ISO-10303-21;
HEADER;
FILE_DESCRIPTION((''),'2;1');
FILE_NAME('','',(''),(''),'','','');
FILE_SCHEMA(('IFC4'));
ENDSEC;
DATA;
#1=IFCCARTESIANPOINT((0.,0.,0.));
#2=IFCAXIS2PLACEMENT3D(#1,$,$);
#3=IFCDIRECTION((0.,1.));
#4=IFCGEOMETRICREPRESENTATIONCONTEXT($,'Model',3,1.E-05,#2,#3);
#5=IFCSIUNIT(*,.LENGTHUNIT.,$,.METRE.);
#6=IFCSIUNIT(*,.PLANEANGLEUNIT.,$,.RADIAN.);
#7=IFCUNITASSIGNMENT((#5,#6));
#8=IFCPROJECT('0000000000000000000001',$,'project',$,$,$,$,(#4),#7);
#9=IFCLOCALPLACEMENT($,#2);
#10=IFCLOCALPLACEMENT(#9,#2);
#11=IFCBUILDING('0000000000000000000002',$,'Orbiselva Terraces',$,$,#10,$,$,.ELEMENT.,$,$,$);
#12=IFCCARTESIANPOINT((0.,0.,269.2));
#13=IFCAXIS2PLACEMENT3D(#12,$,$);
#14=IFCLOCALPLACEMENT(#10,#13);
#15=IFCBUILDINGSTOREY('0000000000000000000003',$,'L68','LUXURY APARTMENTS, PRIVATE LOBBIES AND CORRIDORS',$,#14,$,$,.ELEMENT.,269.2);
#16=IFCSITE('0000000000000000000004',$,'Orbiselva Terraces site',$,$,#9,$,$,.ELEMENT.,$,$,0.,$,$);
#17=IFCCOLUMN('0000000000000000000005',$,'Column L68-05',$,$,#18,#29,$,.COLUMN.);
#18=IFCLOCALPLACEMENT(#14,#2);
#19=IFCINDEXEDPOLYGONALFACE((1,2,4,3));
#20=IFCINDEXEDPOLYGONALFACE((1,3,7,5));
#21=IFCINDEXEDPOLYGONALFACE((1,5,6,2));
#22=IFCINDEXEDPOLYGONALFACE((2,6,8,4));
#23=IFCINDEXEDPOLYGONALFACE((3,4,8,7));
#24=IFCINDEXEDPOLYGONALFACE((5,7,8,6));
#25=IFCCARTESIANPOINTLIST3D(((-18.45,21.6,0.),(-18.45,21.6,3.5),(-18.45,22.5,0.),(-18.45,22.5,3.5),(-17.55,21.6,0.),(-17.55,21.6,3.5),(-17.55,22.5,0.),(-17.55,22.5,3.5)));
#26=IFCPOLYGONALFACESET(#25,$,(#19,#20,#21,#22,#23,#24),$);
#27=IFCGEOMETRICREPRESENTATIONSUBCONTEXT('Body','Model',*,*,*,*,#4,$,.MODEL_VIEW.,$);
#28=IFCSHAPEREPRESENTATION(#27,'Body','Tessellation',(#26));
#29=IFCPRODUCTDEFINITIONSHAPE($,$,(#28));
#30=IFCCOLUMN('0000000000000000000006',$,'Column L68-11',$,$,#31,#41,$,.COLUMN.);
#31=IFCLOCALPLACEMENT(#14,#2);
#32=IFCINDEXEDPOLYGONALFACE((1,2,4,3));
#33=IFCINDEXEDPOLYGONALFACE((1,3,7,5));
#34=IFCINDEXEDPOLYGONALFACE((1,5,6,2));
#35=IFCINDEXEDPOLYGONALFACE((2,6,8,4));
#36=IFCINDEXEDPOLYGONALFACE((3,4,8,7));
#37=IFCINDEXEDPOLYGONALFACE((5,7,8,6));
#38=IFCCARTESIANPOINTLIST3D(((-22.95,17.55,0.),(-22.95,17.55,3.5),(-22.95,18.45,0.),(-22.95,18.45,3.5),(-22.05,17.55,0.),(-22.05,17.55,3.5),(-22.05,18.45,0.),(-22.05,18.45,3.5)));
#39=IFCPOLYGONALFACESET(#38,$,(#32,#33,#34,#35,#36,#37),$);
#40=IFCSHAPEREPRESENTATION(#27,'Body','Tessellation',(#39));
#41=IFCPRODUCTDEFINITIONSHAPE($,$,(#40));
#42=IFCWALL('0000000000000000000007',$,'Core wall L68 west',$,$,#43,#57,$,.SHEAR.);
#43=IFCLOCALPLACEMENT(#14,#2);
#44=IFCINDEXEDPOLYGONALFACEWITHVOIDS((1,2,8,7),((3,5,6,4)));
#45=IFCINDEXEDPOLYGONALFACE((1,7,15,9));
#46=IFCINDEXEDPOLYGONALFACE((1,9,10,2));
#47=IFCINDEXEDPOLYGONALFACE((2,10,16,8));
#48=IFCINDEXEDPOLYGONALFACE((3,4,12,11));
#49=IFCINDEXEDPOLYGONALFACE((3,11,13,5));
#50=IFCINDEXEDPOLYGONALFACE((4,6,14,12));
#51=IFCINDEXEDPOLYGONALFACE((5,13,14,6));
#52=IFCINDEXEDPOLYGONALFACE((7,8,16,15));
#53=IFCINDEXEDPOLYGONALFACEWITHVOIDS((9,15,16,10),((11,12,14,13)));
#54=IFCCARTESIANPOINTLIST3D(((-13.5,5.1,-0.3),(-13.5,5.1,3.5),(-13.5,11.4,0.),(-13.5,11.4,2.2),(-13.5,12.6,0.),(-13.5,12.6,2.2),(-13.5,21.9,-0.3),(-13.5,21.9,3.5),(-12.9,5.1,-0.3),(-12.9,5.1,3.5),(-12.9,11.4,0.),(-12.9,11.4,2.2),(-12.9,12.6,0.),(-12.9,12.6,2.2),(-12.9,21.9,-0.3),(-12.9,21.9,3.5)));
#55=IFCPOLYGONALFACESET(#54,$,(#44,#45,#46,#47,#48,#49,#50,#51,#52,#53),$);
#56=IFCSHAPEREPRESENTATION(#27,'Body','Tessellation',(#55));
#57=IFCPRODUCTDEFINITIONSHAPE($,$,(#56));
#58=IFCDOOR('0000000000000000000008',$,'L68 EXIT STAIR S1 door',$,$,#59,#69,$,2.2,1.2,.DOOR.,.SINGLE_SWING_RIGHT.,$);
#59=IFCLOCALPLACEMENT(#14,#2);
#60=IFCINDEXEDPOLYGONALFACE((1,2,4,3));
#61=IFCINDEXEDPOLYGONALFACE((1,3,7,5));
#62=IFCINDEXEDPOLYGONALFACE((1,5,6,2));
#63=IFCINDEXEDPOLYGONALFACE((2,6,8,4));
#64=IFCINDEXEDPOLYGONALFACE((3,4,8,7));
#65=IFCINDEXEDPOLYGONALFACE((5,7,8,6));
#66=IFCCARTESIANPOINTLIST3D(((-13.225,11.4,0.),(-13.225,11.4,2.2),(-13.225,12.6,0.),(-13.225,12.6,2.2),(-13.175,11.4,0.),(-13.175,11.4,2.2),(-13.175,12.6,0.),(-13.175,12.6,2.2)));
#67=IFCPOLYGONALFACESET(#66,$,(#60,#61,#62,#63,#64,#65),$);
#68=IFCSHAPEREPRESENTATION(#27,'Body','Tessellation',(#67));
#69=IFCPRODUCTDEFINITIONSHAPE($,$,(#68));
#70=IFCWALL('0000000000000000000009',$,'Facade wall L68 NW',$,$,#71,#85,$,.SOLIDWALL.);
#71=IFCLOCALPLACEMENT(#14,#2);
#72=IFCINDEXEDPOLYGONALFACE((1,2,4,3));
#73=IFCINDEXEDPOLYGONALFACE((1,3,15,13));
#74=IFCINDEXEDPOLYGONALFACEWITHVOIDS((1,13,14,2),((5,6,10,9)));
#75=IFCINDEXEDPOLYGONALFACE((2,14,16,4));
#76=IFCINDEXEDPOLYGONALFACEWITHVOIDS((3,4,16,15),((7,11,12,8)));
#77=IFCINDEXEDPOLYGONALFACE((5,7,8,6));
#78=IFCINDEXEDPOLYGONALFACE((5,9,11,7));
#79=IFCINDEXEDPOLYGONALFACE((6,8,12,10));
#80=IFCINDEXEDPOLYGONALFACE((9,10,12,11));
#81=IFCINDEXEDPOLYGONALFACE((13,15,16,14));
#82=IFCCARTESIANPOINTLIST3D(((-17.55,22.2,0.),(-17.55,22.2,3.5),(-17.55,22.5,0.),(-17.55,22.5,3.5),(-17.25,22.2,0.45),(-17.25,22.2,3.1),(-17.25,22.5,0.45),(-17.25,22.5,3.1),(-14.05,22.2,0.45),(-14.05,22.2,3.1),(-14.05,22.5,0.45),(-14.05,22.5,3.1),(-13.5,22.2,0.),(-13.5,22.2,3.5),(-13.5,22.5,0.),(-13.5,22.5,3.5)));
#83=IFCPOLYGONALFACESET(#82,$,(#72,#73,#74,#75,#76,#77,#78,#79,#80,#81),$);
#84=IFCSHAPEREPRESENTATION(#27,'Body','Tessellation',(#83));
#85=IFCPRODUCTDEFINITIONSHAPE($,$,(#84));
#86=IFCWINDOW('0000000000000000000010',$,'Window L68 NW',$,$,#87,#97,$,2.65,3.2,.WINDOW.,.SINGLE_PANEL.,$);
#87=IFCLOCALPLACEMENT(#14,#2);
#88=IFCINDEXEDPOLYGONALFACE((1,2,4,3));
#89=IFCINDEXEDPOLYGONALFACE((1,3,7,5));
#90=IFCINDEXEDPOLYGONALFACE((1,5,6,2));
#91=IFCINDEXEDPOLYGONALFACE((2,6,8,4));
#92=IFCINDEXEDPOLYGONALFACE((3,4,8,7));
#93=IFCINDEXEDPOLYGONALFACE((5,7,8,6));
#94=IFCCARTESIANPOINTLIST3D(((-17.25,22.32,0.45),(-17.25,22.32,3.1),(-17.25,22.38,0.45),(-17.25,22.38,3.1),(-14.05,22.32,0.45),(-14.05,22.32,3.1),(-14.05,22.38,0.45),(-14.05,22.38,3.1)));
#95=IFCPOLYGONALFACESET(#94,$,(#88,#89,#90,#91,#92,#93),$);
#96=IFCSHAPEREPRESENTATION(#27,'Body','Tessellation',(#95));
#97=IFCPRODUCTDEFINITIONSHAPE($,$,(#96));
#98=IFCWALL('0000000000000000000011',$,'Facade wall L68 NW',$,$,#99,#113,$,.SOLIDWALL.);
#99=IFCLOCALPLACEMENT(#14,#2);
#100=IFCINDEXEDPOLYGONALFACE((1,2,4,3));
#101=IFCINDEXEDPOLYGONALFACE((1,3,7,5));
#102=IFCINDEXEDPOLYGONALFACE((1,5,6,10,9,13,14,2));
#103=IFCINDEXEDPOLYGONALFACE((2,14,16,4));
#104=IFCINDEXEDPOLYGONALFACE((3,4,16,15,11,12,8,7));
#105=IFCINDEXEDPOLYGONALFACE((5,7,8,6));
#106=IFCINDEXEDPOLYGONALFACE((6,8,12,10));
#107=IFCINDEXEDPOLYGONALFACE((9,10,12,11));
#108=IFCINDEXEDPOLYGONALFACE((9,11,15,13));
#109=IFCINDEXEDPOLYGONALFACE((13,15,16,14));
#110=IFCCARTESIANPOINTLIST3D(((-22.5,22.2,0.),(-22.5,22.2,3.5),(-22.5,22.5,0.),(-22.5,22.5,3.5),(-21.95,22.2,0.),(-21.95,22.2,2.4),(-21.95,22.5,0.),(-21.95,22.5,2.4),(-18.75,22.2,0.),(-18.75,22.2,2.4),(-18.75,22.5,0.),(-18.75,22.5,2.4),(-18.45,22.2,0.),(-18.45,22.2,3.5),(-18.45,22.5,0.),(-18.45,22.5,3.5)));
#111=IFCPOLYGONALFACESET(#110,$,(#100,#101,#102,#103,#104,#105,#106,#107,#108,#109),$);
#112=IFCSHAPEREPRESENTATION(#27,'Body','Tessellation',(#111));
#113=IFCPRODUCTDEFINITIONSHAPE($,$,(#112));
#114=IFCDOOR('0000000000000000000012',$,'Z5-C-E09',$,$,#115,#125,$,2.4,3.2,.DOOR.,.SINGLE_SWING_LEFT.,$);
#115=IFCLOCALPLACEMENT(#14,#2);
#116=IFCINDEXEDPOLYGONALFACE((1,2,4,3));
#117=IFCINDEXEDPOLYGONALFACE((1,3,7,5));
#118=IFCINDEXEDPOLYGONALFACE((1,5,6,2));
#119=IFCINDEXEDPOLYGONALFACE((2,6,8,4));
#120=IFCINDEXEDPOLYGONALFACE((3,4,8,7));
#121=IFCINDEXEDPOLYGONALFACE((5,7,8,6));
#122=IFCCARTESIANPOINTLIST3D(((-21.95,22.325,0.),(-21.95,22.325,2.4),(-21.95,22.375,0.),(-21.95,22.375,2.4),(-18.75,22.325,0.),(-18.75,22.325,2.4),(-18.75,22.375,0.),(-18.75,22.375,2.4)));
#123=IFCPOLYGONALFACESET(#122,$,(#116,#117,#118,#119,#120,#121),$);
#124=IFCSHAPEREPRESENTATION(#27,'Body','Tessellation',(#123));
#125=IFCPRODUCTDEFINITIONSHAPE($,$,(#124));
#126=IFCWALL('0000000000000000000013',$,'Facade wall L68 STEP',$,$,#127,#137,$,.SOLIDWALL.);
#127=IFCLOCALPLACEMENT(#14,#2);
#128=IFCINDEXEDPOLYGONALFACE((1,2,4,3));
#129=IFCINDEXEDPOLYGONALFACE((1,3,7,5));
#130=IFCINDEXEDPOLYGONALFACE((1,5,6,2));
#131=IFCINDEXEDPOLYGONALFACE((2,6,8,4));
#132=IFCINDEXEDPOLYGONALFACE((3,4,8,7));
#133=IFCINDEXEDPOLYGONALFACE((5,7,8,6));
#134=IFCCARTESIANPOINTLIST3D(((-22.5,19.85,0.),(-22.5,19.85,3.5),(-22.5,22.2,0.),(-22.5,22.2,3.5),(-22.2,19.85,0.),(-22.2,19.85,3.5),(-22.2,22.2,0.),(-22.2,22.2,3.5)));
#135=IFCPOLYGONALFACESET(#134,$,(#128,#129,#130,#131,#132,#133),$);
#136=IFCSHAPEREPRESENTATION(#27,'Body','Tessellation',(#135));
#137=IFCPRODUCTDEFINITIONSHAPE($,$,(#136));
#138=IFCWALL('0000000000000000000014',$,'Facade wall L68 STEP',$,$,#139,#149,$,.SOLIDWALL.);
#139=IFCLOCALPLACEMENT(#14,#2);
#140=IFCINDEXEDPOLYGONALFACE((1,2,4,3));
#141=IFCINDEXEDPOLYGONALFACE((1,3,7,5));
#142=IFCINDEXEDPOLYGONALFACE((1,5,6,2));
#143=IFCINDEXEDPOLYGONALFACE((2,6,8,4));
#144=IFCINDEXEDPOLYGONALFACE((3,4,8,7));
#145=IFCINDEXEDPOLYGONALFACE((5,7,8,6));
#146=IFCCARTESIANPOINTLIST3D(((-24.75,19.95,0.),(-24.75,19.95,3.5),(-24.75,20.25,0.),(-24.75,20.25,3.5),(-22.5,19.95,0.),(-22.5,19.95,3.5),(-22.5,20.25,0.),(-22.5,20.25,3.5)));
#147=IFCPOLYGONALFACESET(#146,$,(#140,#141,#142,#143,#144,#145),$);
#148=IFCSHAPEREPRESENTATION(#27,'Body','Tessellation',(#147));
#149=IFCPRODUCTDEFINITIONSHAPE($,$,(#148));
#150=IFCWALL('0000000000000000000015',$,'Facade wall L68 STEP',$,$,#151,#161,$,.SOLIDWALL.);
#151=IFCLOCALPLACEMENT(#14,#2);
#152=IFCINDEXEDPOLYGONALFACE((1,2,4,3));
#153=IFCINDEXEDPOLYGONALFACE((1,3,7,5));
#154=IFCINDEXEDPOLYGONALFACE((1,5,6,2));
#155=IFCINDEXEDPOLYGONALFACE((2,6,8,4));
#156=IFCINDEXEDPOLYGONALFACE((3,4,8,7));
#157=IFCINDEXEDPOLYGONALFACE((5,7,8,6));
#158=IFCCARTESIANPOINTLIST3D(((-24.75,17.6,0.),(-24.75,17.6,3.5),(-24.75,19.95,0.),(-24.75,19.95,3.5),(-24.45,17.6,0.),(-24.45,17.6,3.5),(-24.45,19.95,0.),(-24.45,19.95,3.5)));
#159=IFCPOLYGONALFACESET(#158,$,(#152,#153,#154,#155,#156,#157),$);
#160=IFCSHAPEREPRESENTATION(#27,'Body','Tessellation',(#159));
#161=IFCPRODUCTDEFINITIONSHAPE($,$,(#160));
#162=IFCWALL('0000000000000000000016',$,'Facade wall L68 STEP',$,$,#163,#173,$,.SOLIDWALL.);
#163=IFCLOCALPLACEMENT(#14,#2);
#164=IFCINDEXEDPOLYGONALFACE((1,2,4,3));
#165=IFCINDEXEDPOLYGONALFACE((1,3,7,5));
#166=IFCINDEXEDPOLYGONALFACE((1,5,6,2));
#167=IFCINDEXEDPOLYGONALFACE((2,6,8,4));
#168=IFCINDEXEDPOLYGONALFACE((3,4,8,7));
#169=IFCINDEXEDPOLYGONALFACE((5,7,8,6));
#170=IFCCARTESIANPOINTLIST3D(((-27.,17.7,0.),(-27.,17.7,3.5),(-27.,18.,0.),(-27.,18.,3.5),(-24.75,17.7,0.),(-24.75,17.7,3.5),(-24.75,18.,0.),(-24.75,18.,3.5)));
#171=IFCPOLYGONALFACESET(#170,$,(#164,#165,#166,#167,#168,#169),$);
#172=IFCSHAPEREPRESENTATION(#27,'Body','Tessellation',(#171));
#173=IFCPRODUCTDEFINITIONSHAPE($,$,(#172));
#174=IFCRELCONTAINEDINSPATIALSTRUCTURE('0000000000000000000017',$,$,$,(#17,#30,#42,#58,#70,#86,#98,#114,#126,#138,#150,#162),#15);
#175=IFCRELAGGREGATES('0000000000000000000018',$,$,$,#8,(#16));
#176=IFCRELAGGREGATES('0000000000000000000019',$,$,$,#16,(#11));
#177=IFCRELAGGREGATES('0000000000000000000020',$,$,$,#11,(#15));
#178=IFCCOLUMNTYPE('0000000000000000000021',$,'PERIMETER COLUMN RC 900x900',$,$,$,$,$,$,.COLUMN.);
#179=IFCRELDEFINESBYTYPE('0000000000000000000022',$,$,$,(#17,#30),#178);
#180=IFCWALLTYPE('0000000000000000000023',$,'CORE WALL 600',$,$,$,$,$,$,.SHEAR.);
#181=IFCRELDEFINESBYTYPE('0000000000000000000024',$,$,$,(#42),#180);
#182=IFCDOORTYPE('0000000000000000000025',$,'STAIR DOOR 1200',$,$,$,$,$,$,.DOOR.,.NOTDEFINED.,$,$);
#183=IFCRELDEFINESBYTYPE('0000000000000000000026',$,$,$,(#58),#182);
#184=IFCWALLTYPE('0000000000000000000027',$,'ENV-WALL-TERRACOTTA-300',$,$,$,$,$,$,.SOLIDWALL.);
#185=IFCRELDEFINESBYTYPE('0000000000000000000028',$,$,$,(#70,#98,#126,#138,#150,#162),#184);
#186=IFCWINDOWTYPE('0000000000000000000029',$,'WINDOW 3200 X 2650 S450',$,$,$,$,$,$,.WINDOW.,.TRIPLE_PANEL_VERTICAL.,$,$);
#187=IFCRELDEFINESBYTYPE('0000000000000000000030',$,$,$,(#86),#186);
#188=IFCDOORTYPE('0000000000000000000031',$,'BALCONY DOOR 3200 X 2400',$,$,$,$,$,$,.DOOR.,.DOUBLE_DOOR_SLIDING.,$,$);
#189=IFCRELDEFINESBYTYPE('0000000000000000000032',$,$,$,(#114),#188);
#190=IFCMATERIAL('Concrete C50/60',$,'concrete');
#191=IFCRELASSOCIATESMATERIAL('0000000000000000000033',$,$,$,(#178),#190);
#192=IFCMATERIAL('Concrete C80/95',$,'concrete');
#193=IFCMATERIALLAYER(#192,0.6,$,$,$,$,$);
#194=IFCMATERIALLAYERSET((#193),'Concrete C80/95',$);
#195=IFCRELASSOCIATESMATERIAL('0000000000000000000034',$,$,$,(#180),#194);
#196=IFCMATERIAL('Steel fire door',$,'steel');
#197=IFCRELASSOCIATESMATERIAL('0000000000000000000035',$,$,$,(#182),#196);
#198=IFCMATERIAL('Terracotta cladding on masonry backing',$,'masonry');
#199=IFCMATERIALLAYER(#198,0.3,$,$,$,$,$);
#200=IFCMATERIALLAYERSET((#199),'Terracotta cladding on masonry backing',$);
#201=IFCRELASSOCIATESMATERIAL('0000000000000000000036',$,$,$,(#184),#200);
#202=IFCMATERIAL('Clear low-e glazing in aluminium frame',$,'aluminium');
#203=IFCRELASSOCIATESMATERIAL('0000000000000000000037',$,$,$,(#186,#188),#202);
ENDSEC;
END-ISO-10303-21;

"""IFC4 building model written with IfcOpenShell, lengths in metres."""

from ifc_helpers import new_model, si_unit, direction, frame, frame_2d, origin, origin_2d, place, context, subcontext, project, spatial, rectangle, extrude, material, layer, layer_set, material_profile, profile_set, type_object, element, fill, save


model = new_model("IFC4")

# Units and contexts
model_context = context("Model", 3, precision=1e-05, world=origin(), true_north=direction((0.0, 1.0)))
body_context = subcontext(model_context, "Body", "Model", "MODEL_VIEW")
ifc_project = project(units=[si_unit("LENGTHUNIT", "METRE"), si_unit("PLANEANGLEUNIT", "RADIAN")], contexts=[model_context])

# Site, building, storey
site_placement = place(None, origin())
site = spatial("IfcSite", under=ifc_project, at=site_placement, Name="Orbiselva Terraces site", CompositionType="ELEMENT", RefElevation=0.0)
building_placement = place(site_placement, origin())
building = spatial("IfcBuilding", under=site, at=building_placement, Name="Orbiselva Terraces", CompositionType="ELEMENT")
storey_placement = place(building_placement, frame((0.0, 0.0, 269.2)))
storey = spatial("IfcBuildingStorey", under=building, at=storey_placement, Name="L68", Description="LUXURY APARTMENTS, PRIVATE LOBBIES AND CORRIDORS", CompositionType="ELEMENT", Elevation=269.2)

# Columns
ifc_material_1 = material(Name="Concrete C50/60", Category="concrete")
ifc_material_profile = material_profile(ifc_material_1, rectangle(XDim=0.9, YDim=0.9, at=origin_2d()), Name="RC 900x900")
ifc_profile_set = profile_set([ifc_material_profile], Name="Concrete C50/60")
column_type = type_object("IfcColumnType", Name="PERIMETER COLUMN RC 900x900", PredefinedType="COLUMN", material=ifc_profile_set)
for number, where, z_axis, x_axis, name in (
    (1, (-18.0, 22.05, 0.0), (0.0, 0.0, 1.0), (1.0, 0.0, 0.0), "Column L68-05"),
    (2, (-22.5, 18.0, 0.0), (0.0, 0.0, 1.0), (1.0, 0.0, 0.0), "Column L68-11"),
):
    element("IfcColumn", number, at=place(storey_placement, frame(where, z_axis=z_axis, x_axis=x_axis)), inside=storey, type_object=column_type, Name=name, PredefinedType="COLUMN", context=body_context, shape_type="SweptSolid", body=[
        extrude(rectangle(XDim=0.9, YDim=0.9, at=origin_2d()), origin(), (0.0, 0.0, 1.0), 3.5),
    ])

# Wall, opening, door
ifc_material_2 = material(Name="Concrete C80/95", Category="concrete")
ifc_layer_1 = layer(ifc_material_2, 0.6)
ifc_layer_set_1 = layer_set([ifc_layer_1], Name="Concrete C80/95")
wall_type_1 = type_object("IfcWallType", Name="CORE WALL 600", PredefinedType="SHEAR", material=ifc_layer_set_1)
wall_1_placement = place(storey_placement, frame((-13.2, 21.9, -0.3), z_axis=(0.0, 0.0, 1.0), x_axis=(0.0, -1.0, 0.0)))
wall_1 = element("IfcWall", 3, at=wall_1_placement, inside=storey, type_object=wall_type_1, Name="Core wall L68 west", PredefinedType="SHEAR", context=body_context, shape_type="SweptSolid", body=[
    extrude(rectangle(XDim=16.8, YDim=0.6, at=frame_2d((8.4, 0.0))), origin(), (0.0, 0.0, 1.0), 3.8),
])
opening_1_placement = place(wall_1_placement, frame((9.3, 0.0, 0.3)))
opening_1 = element("IfcOpeningElement", 4, at=opening_1_placement, cuts=wall_1, PredefinedType="OPENING", context=body_context, shape_type="SweptSolid", body=[
    extrude(rectangle(XDim=1.2, YDim=2.2, at=frame_2d((0.6, 1.1))), frame((0.0, 0.31, 0.0), z_axis=(0.0, -1.0, 0.0), x_axis=(1.0, 0.0, 0.0)), (0.0, 0.0, 1.0), 0.62),
])
ifc_material_3 = material(Name="Steel fire door", Category="steel")
door_type_1 = type_object("IfcDoorType", Name="STAIR DOOR 1200", OperationType="NOTDEFINED", PredefinedType="DOOR", material=ifc_material_3)
door_1_placement = place(opening_1_placement, frame((1.2, 0.0, 0.0), z_axis=(0.0, 0.0, 1.0), x_axis=(-1.0, 0.0, 0.0)))
door_1 = element("IfcDoor", 5, at=door_1_placement, inside=storey, type_object=door_type_1, Name="L68 EXIT STAIR S1 door", OperationType="SINGLE_SWING_RIGHT", OverallHeight=2.2, OverallWidth=1.2, PredefinedType="DOOR", context=body_context, shape_type="SweptSolid", body=[
    extrude(rectangle(XDim=1.2, YDim=2.2, at=frame_2d((0.6, 1.1))), frame((0.0, 0.025, 0.0), z_axis=(0.0, -1.0, 0.0), x_axis=(1.0, 0.0, 0.0)), (0.0, 0.0, 1.0), 0.05),
])
fill(opening_1, door_1)

# Wall, opening, window
ifc_material_4 = material(Name="Terracotta cladding on masonry backing", Category="masonry")
ifc_layer_2 = layer(ifc_material_4, 0.3)
ifc_layer_set_2 = layer_set([ifc_layer_2], Name="Terracotta cladding on masonry backing")
wall_type_2 = type_object("IfcWallType", Name="ENV-WALL-TERRACOTTA-300", PredefinedType="SOLIDWALL", material=ifc_layer_set_2)
wall_2_placement = place(storey_placement, frame((-17.55, 22.35, 0.0), z_axis=(0.0, 0.0, 1.0), x_axis=(1.0, 0.0, 0.0)))
wall_2 = element("IfcWall", 6, at=wall_2_placement, inside=storey, type_object=wall_type_2, Name="Facade wall L68 NW", PredefinedType="SOLIDWALL", context=body_context, shape_type="SweptSolid", body=[
    extrude(rectangle(XDim=4.05, YDim=0.3, at=frame_2d((2.025, 0.0))), origin(), (0.0, 0.0, 1.0), 3.5),
])
opening_2_placement = place(wall_2_placement, frame((0.3, 0.0, 0.45)))
opening_2 = element("IfcOpeningElement", 7, at=opening_2_placement, cuts=wall_2, PredefinedType="OPENING", context=body_context, shape_type="SweptSolid", body=[
    extrude(rectangle(XDim=3.2, YDim=2.65, at=frame_2d((1.6, 1.325))), frame((0.0, 0.16, 0.0), z_axis=(0.0, -1.0, 0.0), x_axis=(1.0, 0.0, 0.0)), (0.0, 0.0, 1.0), 0.32),
])
ifc_material_5 = material(Name="Clear low-e glazing in aluminium frame", Category="aluminium")
window_type = type_object("IfcWindowType", Name="WINDOW 3200 X 2650 S450", PartitioningType="TRIPLE_PANEL_VERTICAL", PredefinedType="WINDOW", material=ifc_material_5)
window_placement = place(opening_2_placement, origin())
window = element("IfcWindow", 8, at=window_placement, inside=storey, type_object=window_type, Name="Window L68 NW", OverallHeight=2.65, OverallWidth=3.2, PartitioningType="SINGLE_PANEL", PredefinedType="WINDOW", context=body_context, shape_type="SweptSolid", body=[
    extrude(rectangle(XDim=3.2, YDim=2.65, at=frame_2d((1.6, 1.325))), frame((0.0, 0.03, 0.0), z_axis=(0.0, -1.0, 0.0), x_axis=(1.0, 0.0, 0.0)), (0.0, 0.0, 1.0), 0.06),
])
fill(opening_2, window)

# Wall, opening, door
wall_3_placement = place(storey_placement, frame((-22.5, 22.35, 0.0), z_axis=(0.0, 0.0, 1.0), x_axis=(1.0, 0.0, 0.0)))
wall_3 = element("IfcWall", 9, at=wall_3_placement, inside=storey, type_object=wall_type_2, Name="Facade wall L68 NW", PredefinedType="SOLIDWALL", context=body_context, shape_type="SweptSolid", body=[
    extrude(rectangle(XDim=4.05, YDim=0.3, at=frame_2d((2.025, 0.0))), origin(), (0.0, 0.0, 1.0), 3.5),
])
opening_3_placement = place(wall_3_placement, frame((0.55, 0.0, 0.0)))
opening_3 = element("IfcOpeningElement", 10, at=opening_3_placement, cuts=wall_3, PredefinedType="OPENING", context=body_context, shape_type="SweptSolid", body=[
    extrude(rectangle(XDim=3.2, YDim=2.4, at=frame_2d((1.6, 1.2))), frame((0.0, 0.16, 0.0), z_axis=(0.0, -1.0, 0.0), x_axis=(1.0, 0.0, 0.0)), (0.0, 0.0, 1.0), 0.32),
])
door_type_2 = type_object("IfcDoorType", Name="BALCONY DOOR 3200 X 2400", OperationType="DOUBLE_DOOR_SLIDING", PredefinedType="DOOR", material=ifc_material_5)
door_2_placement = place(opening_3_placement, origin())
door_2 = element("IfcDoor", 11, at=door_2_placement, inside=storey, type_object=door_type_2, Name="Z5-C-E09", OperationType="SINGLE_SWING_LEFT", OverallHeight=2.4, OverallWidth=3.2, PredefinedType="DOOR", context=body_context, shape_type="SweptSolid", body=[
    extrude(rectangle(XDim=3.2, YDim=2.4, at=frame_2d((1.6, 1.2))), frame((0.0, 0.025, 0.0), z_axis=(0.0, -1.0, 0.0), x_axis=(1.0, 0.0, 0.0)), (0.0, 0.0, 1.0), 0.05),
])
fill(opening_3, door_2)

# Walls
wall_4_placement = place(storey_placement, frame((-22.35, 19.85, 0.0), z_axis=(0.0, 0.0, 1.0), x_axis=(0.0, 1.0, 0.0)))
element("IfcWall", 12, at=wall_4_placement, inside=storey, type_object=wall_type_2, Name="Facade wall L68 STEP", PredefinedType="SOLIDWALL", context=body_context, shape_type="SweptSolid", body=[
    extrude(rectangle(XDim=2.35, YDim=0.3, at=frame_2d((1.175, 0.0))), origin(), (0.0, 0.0, 1.0), 3.5),
])
wall_5_placement = place(storey_placement, frame((-24.75, 20.1, 0.0), z_axis=(0.0, 0.0, 1.0), x_axis=(1.0, 0.0, 0.0)))
element("IfcWall", 13, at=wall_5_placement, inside=storey, type_object=wall_type_2, Name="Facade wall L68 STEP", PredefinedType="SOLIDWALL", context=body_context, shape_type="SweptSolid", body=[
    extrude(rectangle(XDim=2.25, YDim=0.3, at=frame_2d((1.125, 0.0))), origin(), (0.0, 0.0, 1.0), 3.5),
])
wall_6_placement = place(storey_placement, frame((-24.6, 17.6, 0.0), z_axis=(0.0, 0.0, 1.0), x_axis=(0.0, 1.0, 0.0)))
element("IfcWall", 14, at=wall_6_placement, inside=storey, type_object=wall_type_2, Name="Facade wall L68 STEP", PredefinedType="SOLIDWALL", context=body_context, shape_type="SweptSolid", body=[
    extrude(rectangle(XDim=2.35, YDim=0.3, at=frame_2d((1.175, 0.0))), origin(), (0.0, 0.0, 1.0), 3.5),
])
wall_7_placement = place(storey_placement, frame((-27.0, 17.85, 0.0), z_axis=(0.0, 0.0, 1.0), x_axis=(1.0, 0.0, 0.0)))
element("IfcWall", 15, at=wall_7_placement, inside=storey, type_object=wall_type_2, Name="Facade wall L68 STEP", PredefinedType="SOLIDWALL", context=body_context, shape_type="SweptSolid", body=[
    extrude(rectangle(XDim=2.25, YDim=0.3, at=frame_2d((1.125, 0.0))), origin(), (0.0, 0.0, 1.0), 3.5),
])

save(model, "model.ifc")
